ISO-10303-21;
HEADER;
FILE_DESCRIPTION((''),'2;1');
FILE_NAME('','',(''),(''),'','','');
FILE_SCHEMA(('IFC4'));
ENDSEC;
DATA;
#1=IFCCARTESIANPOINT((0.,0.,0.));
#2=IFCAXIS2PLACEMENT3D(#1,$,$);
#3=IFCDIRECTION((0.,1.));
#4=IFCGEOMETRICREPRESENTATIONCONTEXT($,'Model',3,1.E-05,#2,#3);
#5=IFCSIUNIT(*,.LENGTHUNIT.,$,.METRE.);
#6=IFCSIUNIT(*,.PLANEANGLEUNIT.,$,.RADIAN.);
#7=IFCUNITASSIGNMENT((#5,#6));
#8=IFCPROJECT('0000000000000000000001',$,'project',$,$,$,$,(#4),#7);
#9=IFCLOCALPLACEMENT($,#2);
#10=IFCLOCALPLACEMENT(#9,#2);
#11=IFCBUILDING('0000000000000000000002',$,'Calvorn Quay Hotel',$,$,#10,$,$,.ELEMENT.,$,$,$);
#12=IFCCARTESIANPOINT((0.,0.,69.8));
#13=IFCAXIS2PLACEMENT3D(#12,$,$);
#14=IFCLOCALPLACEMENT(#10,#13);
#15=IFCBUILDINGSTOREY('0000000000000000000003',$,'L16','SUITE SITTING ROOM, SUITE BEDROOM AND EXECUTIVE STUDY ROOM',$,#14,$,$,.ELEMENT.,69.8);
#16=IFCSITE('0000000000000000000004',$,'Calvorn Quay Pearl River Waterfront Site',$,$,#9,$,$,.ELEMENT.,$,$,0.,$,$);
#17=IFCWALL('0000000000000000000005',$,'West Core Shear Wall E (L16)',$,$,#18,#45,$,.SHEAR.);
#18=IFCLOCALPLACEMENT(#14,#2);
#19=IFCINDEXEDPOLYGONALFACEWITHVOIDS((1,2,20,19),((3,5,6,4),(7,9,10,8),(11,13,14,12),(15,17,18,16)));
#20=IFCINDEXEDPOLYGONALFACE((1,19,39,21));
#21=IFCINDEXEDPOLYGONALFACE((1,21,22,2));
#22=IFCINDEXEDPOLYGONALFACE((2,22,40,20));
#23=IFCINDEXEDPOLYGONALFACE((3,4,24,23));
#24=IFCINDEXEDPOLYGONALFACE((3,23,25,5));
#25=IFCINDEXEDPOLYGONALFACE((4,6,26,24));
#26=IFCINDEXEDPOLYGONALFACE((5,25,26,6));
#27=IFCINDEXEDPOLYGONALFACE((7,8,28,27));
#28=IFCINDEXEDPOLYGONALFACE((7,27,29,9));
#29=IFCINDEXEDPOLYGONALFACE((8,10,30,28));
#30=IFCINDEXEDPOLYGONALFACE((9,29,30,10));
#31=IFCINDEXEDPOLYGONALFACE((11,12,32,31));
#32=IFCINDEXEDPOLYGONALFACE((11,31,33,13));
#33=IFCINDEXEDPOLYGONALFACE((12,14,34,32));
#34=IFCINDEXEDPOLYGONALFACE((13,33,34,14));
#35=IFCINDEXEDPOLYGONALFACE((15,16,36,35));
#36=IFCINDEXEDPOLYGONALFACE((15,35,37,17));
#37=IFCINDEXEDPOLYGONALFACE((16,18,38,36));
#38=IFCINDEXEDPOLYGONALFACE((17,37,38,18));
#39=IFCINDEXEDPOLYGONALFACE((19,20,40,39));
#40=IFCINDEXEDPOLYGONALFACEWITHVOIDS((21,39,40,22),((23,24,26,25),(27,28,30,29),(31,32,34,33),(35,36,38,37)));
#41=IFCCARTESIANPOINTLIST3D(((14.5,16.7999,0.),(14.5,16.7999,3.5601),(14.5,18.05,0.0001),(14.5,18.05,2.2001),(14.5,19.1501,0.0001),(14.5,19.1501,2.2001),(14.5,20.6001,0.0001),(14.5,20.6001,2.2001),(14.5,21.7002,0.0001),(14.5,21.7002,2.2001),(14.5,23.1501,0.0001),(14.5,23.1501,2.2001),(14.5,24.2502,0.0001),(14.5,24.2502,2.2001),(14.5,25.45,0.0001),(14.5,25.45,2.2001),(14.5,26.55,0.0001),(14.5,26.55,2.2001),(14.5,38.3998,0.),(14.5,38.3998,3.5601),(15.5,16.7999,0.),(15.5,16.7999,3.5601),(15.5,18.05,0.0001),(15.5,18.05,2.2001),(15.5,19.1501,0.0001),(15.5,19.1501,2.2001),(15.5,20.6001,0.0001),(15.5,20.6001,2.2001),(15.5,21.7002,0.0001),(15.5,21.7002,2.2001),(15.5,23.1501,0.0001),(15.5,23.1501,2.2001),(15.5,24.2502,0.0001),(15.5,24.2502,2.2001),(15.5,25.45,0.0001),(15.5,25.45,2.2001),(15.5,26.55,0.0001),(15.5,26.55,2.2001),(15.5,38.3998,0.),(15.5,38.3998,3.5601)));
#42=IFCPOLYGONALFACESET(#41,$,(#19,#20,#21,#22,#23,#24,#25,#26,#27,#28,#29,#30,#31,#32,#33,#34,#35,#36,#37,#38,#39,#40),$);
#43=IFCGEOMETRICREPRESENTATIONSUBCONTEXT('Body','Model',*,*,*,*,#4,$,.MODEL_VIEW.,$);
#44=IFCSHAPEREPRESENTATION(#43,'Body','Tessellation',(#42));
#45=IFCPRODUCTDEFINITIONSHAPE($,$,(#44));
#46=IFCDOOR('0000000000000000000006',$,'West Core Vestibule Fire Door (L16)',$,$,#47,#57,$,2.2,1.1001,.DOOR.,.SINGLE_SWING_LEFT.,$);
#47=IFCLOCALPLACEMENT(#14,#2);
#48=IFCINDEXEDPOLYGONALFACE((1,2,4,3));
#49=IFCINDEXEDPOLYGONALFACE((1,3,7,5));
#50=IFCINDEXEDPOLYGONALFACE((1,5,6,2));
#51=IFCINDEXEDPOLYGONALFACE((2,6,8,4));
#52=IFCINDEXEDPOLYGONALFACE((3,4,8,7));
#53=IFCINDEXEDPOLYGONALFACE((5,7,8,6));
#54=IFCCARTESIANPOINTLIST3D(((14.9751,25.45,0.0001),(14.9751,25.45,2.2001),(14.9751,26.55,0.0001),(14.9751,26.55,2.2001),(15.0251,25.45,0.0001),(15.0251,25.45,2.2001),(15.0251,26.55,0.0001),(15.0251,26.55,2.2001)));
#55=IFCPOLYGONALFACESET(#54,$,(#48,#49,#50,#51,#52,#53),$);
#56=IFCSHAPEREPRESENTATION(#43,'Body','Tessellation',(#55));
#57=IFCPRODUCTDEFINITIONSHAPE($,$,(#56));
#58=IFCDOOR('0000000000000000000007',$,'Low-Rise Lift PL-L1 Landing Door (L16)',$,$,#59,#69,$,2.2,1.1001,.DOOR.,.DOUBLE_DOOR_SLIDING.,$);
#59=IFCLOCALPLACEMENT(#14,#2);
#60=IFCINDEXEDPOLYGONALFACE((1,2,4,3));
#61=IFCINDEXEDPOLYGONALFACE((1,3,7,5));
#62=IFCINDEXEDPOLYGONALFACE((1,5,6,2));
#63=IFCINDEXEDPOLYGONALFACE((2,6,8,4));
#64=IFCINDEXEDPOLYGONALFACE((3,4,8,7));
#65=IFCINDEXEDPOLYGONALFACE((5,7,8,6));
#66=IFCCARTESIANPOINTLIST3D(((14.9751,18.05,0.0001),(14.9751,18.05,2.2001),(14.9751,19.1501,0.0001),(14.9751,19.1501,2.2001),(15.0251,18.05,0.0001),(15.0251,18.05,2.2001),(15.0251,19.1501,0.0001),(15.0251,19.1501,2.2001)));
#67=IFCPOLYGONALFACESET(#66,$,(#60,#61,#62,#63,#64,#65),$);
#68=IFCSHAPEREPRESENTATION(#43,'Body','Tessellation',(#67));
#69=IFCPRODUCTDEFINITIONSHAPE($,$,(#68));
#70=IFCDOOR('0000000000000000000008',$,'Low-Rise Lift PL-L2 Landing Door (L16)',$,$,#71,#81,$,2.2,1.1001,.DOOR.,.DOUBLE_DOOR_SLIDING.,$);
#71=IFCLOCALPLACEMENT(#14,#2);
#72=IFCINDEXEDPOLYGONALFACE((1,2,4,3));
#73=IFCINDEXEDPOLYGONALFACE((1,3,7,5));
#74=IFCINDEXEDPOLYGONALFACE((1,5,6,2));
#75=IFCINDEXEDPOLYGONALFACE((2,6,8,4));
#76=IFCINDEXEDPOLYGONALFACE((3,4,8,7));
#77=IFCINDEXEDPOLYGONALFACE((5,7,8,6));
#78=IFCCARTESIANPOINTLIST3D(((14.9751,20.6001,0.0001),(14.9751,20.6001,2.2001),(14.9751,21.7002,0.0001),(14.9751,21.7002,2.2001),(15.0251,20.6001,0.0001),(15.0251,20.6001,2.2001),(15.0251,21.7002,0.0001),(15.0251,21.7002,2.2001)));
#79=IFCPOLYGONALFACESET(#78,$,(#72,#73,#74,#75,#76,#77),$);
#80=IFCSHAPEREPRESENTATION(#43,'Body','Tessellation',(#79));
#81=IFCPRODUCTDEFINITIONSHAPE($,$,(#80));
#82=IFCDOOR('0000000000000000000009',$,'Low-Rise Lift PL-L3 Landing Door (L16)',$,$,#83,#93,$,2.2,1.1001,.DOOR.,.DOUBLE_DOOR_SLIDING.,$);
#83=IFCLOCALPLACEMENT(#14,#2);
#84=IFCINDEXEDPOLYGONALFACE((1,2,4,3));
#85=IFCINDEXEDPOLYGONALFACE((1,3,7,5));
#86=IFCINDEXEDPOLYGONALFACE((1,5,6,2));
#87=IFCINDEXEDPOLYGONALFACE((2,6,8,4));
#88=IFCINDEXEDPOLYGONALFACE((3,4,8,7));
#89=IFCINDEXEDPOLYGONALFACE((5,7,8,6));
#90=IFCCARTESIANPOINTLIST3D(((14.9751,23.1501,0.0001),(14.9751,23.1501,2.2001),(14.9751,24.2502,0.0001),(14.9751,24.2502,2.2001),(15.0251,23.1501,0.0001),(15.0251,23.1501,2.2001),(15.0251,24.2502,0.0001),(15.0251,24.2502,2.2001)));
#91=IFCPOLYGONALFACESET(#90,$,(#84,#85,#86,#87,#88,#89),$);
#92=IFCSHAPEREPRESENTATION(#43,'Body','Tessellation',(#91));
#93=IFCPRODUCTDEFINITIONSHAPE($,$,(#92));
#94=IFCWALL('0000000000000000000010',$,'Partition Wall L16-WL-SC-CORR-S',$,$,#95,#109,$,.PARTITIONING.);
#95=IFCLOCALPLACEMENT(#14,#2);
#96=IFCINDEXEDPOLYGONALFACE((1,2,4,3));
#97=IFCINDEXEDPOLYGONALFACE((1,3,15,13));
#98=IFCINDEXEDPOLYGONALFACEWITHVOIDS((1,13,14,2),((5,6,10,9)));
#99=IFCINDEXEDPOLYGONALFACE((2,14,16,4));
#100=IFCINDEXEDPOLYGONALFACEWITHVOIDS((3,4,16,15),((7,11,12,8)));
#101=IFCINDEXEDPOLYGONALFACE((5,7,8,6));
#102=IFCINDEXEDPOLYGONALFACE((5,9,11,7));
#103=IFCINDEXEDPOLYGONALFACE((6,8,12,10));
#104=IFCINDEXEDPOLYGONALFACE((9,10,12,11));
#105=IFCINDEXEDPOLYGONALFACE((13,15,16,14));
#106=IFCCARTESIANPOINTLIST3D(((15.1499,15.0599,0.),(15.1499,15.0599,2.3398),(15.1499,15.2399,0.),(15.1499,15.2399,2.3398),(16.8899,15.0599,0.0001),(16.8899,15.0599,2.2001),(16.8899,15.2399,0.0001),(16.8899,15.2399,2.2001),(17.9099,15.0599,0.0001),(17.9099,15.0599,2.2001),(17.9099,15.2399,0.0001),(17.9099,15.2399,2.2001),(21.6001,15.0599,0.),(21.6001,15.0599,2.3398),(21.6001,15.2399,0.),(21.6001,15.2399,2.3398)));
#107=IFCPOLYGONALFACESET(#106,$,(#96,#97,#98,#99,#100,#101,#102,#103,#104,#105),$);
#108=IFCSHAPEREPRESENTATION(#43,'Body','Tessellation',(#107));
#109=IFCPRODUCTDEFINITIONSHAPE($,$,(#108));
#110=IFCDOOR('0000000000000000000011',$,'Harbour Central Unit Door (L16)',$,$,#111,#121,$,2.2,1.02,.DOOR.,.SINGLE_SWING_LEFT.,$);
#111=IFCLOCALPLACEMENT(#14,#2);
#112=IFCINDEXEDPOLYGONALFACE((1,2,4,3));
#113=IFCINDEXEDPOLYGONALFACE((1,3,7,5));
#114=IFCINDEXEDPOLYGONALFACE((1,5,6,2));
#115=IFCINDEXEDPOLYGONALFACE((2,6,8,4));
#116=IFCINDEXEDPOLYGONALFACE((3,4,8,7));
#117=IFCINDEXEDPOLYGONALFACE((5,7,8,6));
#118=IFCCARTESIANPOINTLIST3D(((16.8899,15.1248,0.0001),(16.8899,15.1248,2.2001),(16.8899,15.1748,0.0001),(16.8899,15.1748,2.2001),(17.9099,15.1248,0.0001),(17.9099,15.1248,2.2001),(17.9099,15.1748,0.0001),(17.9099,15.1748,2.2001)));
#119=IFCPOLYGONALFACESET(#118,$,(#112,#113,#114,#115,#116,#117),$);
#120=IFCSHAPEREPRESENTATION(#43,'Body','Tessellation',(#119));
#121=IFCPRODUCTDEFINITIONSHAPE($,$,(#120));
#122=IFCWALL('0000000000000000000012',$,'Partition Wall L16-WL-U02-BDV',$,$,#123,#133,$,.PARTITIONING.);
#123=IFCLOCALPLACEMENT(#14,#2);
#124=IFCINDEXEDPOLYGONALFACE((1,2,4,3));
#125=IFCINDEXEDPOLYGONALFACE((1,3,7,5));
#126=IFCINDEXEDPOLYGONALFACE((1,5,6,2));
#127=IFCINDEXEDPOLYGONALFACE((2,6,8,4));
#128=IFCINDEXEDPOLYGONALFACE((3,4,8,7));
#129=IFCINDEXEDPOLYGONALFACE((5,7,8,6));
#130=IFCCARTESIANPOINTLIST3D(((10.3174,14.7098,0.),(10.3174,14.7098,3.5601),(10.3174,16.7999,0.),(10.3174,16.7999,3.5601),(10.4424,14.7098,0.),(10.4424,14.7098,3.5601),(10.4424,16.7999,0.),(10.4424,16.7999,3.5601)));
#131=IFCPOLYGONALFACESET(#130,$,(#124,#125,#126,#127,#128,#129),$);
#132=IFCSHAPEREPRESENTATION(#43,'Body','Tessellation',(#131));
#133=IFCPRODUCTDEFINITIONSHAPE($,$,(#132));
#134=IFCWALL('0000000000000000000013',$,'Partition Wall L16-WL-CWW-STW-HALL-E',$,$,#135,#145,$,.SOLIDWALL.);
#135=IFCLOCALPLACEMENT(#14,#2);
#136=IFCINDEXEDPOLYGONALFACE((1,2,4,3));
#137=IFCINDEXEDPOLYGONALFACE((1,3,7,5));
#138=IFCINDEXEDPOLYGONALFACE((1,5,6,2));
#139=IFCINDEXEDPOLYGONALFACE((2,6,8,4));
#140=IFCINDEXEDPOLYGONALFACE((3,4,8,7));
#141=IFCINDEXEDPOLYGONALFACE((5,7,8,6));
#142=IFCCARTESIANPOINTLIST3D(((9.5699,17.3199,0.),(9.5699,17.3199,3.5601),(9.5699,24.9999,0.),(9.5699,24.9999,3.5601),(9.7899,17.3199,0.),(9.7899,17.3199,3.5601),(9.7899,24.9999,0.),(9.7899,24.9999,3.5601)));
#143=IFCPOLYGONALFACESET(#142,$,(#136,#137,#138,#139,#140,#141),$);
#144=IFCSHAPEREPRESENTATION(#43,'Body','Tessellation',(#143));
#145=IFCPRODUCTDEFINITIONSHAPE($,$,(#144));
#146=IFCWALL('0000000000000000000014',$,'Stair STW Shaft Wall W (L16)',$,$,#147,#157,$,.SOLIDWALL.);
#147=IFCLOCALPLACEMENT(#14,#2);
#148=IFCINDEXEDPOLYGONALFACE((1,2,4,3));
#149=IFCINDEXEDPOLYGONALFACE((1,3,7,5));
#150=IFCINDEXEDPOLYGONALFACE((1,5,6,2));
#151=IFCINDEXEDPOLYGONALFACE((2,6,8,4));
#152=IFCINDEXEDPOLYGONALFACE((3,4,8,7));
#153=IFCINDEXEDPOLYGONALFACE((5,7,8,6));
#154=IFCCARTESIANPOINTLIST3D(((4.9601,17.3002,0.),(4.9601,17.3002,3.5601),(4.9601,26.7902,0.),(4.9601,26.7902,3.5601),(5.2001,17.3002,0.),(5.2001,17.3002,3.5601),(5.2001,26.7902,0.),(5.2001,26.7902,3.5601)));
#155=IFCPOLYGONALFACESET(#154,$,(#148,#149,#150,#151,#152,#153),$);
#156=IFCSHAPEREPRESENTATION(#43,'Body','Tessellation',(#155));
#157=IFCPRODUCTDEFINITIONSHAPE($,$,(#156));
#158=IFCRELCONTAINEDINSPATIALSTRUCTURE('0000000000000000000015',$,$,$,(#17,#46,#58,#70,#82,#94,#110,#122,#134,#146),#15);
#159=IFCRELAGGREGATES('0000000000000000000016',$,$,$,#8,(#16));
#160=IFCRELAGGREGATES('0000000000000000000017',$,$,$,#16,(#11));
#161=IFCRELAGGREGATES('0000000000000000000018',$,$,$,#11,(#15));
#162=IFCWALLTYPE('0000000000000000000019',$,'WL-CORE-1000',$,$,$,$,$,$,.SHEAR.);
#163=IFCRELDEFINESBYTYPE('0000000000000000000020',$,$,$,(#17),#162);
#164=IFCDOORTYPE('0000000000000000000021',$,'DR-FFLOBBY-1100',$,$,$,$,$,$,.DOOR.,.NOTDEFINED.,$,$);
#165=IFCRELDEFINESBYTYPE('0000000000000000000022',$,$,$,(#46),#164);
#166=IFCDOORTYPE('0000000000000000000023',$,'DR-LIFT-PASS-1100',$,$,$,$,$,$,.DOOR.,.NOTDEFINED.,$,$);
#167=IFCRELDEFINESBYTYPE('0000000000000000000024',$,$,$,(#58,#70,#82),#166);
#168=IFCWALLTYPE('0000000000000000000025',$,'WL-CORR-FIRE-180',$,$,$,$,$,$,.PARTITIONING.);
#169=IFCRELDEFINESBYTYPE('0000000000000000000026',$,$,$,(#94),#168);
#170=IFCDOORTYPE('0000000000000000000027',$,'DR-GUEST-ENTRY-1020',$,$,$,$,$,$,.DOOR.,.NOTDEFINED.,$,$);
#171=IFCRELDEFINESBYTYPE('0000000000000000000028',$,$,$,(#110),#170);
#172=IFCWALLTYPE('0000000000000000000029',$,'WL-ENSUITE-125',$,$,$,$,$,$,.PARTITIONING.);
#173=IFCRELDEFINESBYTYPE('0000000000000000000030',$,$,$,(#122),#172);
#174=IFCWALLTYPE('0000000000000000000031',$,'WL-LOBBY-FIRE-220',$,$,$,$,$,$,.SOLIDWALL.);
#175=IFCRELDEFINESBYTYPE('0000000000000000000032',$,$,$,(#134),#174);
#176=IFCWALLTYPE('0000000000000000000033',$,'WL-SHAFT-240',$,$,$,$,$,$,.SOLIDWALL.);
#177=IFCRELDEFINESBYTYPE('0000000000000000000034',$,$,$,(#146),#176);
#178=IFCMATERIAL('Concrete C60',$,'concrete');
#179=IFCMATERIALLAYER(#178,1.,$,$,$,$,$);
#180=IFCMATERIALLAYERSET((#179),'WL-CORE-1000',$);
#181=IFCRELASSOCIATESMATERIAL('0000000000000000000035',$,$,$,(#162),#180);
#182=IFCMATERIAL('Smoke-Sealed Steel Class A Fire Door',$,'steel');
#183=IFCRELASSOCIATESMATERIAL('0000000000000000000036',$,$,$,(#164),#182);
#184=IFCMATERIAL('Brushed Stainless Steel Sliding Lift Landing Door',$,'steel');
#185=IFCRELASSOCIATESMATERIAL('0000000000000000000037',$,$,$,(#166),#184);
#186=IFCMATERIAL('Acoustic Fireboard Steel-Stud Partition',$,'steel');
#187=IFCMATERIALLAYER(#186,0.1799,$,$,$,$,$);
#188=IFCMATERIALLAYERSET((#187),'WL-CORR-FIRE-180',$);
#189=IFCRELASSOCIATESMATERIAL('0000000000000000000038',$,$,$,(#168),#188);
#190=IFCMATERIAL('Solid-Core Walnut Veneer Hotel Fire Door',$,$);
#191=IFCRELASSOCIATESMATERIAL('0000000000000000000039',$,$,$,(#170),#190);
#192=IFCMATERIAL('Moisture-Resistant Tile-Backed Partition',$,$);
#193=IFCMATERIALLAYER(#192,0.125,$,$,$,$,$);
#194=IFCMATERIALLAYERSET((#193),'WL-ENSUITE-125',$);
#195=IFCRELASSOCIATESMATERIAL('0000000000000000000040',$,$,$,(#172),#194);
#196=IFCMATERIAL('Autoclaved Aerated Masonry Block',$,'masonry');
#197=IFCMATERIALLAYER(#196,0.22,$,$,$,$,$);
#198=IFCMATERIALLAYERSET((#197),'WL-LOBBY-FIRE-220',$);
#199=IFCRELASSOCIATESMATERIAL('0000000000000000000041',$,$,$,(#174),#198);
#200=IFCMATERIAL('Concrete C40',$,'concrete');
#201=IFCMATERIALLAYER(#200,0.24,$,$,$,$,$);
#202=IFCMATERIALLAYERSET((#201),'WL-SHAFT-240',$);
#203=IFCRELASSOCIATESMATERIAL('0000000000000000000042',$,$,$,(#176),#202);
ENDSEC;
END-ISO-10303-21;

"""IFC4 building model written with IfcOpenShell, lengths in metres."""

from ifc_helpers import new_model, si_unit, direction, frame, frame_2d, origin, place, context, subcontext, project, spatial, rectangle, extrude, material, layer, layer_set, type_object, element, fill, save


model = new_model("IFC4")

# Units and contexts
model_context = context("Model", 3, precision=1e-05, world=origin(), true_north=direction((0.0, 1.0)))
body_context = subcontext(model_context, "Body", "Model", "MODEL_VIEW")
ifc_project = project(units=[si_unit("LENGTHUNIT", "METRE"), si_unit("PLANEANGLEUNIT", "RADIAN")], contexts=[model_context])

# Site, building, storey
site_placement = place(None, origin())
site = spatial("IfcSite", under=ifc_project, at=site_placement, Name="Calvorn Quay Pearl River Waterfront Site", CompositionType="ELEMENT", RefElevation=0.0)
building_placement = place(site_placement, origin())
building = spatial("IfcBuilding", under=site, at=building_placement, Name="Calvorn Quay Hotel", CompositionType="ELEMENT")
storey_placement = place(building_placement, frame((0.0, 0.0, 69.8)))
storey = spatial("IfcBuildingStorey", under=building, at=storey_placement, Name="L16", Description="SUITE SITTING ROOM, SUITE BEDROOM AND EXECUTIVE STUDY ROOM", CompositionType="ELEMENT", Elevation=69.8)

# Wall, openings, doors
ifc_material_1 = material(Name="Concrete C60", Category="concrete")
ifc_layer_1 = layer(ifc_material_1, 1.0)
ifc_layer_set_1 = layer_set([ifc_layer_1], Name="WL-CORE-1000")
wall_type_1 = type_object("IfcWallType", Name="WL-CORE-1000", PredefinedType="SHEAR", material=ifc_layer_set_1)
wall_1_placement = place(storey_placement, frame((15.0, 16.8, 0.0), z_axis=(0.0, 0.0, 1.0), x_axis=(0.0, 1.0, 0.0)))
wall_1 = element("IfcWall", 1, at=wall_1_placement, inside=storey, type_object=wall_type_1, Name="West Core Shear Wall E (L16)", PredefinedType="SHEAR", context=body_context, shape_type="SweptSolid", body=[
    extrude(rectangle(XDim=21.5999, YDim=1.0, at=frame_2d((10.7998, 0.0))), origin(), (0.0, 0.0, 1.0), 3.5601),
])
opening_1_placement = place(wall_1_placement, frame((8.6499, 0.0, 0.0)))
opening_1 = element("IfcOpeningElement", 2, at=opening_1_placement, cuts=wall_1, PredefinedType="OPENING", context=body_context, shape_type="SweptSolid", body=[
    extrude(rectangle(XDim=1.1001, YDim=2.2, at=frame_2d((0.55, 1.1001))), frame((0.0, 0.51, 0.0), z_axis=(0.0, -1.0, 0.0), x_axis=(1.0, 0.0, 0.0)), (0.0, 0.0, 1.0), 1.02),
])
opening_2_placement = place(wall_1_placement, frame((1.25, 0.0, 0.0)))
opening_2 = element("IfcOpeningElement", 3, at=opening_2_placement, cuts=wall_1, PredefinedType="OPENING", context=body_context, shape_type="SweptSolid", body=[
    extrude(rectangle(XDim=1.1001, YDim=2.2, at=frame_2d((0.55, 1.1001))), frame((0.0, 0.51, 0.0), z_axis=(0.0, -1.0, 0.0), x_axis=(1.0, 0.0, 0.0)), (0.0, 0.0, 1.0), 1.02),
])
opening_3_placement = place(wall_1_placement, frame((3.8, 0.0, 0.0)))
opening_3 = element("IfcOpeningElement", 4, at=opening_3_placement, cuts=wall_1, PredefinedType="OPENING", context=body_context, shape_type="SweptSolid", body=[
    extrude(rectangle(XDim=1.1001, YDim=2.2, at=frame_2d((0.55, 1.1001))), frame((0.0, 0.51, 0.0), z_axis=(0.0, -1.0, 0.0), x_axis=(1.0, 0.0, 0.0)), (0.0, 0.0, 1.0), 1.02),
])
opening_4_placement = place(wall_1_placement, frame((6.3501, 0.0, 0.0)))
opening_4 = element("IfcOpeningElement", 5, at=opening_4_placement, cuts=wall_1, PredefinedType="OPENING", context=body_context, shape_type="SweptSolid", body=[
    extrude(rectangle(XDim=1.1001, YDim=2.2, at=frame_2d((0.55, 1.1001))), frame((0.0, 0.51, 0.0), z_axis=(0.0, -1.0, 0.0), x_axis=(1.0, 0.0, 0.0)), (0.0, 0.0, 1.0), 1.02),
])
ifc_material_2 = material(Name="Smoke-Sealed Steel Class A Fire Door", Category="steel")
door_type_1 = type_object("IfcDoorType", Name="DR-FFLOBBY-1100", OperationType="NOTDEFINED", PredefinedType="DOOR", material=ifc_material_2)
door_1_placement = place(opening_1_placement, origin())
door_1 = element("IfcDoor", 6, at=door_1_placement, inside=storey, type_object=door_type_1, Name="West Core Vestibule Fire Door (L16)", OperationType="SINGLE_SWING_LEFT", OverallHeight=2.2, OverallWidth=1.1001, PredefinedType="DOOR", context=body_context, shape_type="SweptSolid", body=[
    extrude(rectangle(XDim=1.1001, YDim=2.2, at=frame_2d((0.55, 1.1001))), frame((0.0, 0.0249, 0.0), z_axis=(0.0, -1.0, 0.0), x_axis=(1.0, 0.0, 0.0)), (0.0, 0.0, 1.0), 0.05),
])
fill(opening_1, door_1)
ifc_material_3 = material(Name="Brushed Stainless Steel Sliding Lift Landing Door", Category="steel")
door_type_2 = type_object("IfcDoorType", Name="DR-LIFT-PASS-1100", OperationType="NOTDEFINED", PredefinedType="DOOR", material=ifc_material_3)
door_2_placement = place(opening_2_placement, origin())
door_2 = element("IfcDoor", 7, at=door_2_placement, inside=storey, type_object=door_type_2, Name="Low-Rise Lift PL-L1 Landing Door (L16)", OperationType="DOUBLE_DOOR_SLIDING", OverallHeight=2.2, OverallWidth=1.1001, PredefinedType="DOOR", context=body_context, shape_type="SweptSolid", body=[
    extrude(rectangle(XDim=1.1001, YDim=2.2, at=frame_2d((0.55, 1.1001))), frame((0.0, 0.0249, 0.0), z_axis=(0.0, -1.0, 0.0), x_axis=(1.0, 0.0, 0.0)), (0.0, 0.0, 1.0), 0.05),
])
fill(opening_2, door_2)
door_3_placement = place(opening_3_placement, origin())
door_3 = element("IfcDoor", 8, at=door_3_placement, inside=storey, type_object=door_type_2, Name="Low-Rise Lift PL-L2 Landing Door (L16)", OperationType="DOUBLE_DOOR_SLIDING", OverallHeight=2.2, OverallWidth=1.1001, PredefinedType="DOOR", context=body_context, shape_type="SweptSolid", body=[
    extrude(rectangle(XDim=1.1001, YDim=2.2, at=frame_2d((0.55, 1.1001))), frame((0.0, 0.0249, 0.0), z_axis=(0.0, -1.0, 0.0), x_axis=(1.0, 0.0, 0.0)), (0.0, 0.0, 1.0), 0.05),
])
fill(opening_3, door_3)
door_4_placement = place(opening_4_placement, origin())
door_4 = element("IfcDoor", 9, at=door_4_placement, inside=storey, type_object=door_type_2, Name="Low-Rise Lift PL-L3 Landing Door (L16)", OperationType="DOUBLE_DOOR_SLIDING", OverallHeight=2.2, OverallWidth=1.1001, PredefinedType="DOOR", context=body_context, shape_type="SweptSolid", body=[
    extrude(rectangle(XDim=1.1001, YDim=2.2, at=frame_2d((0.55, 1.1001))), frame((0.0, 0.0249, 0.0), z_axis=(0.0, -1.0, 0.0), x_axis=(1.0, 0.0, 0.0)), (0.0, 0.0, 1.0), 0.05),
])
fill(opening_4, door_4)

# Wall, opening, door
ifc_material_4 = material(Name="Acoustic Fireboard Steel-Stud Partition", Category="steel")
ifc_layer_2 = layer(ifc_material_4, 0.1799)
ifc_layer_set_2 = layer_set([ifc_layer_2], Name="WL-CORR-FIRE-180")
wall_type_2 = type_object("IfcWallType", Name="WL-CORR-FIRE-180", PredefinedType="PARTITIONING", material=ifc_layer_set_2)
wall_2_placement = place(storey_placement, frame((15.1499, 15.1499, 0.0), z_axis=(0.0, 0.0, 1.0), x_axis=(1.0, 0.0, 0.0)))
wall_2 = element("IfcWall", 10, at=wall_2_placement, inside=storey, type_object=wall_type_2, Name="Partition Wall L16-WL-SC-CORR-S", PredefinedType="PARTITIONING", context=body_context, shape_type="SweptSolid", body=[
    extrude(rectangle(XDim=6.4502, YDim=0.1799, at=frame_2d((3.2251, 0.0))), origin(), (0.0, 0.0, 1.0), 2.3398),
])
opening_5_placement = place(wall_2_placement, frame((1.74, 0.0, 0.0)))
opening_5 = element("IfcOpeningElement", 11, at=opening_5_placement, cuts=wall_2, PredefinedType="OPENING", context=body_context, shape_type="SweptSolid", body=[
    extrude(rectangle(XDim=1.02, YDim=2.2, at=frame_2d((0.51, 1.1001))), frame((0.0, 0.0999, 0.0), z_axis=(0.0, -1.0, 0.0), x_axis=(1.0, 0.0, 0.0)), (0.0, 0.0, 1.0), 0.2),
])
ifc_material_5 = material(Name="Solid-Core Walnut Veneer Hotel Fire Door")
door_type_3 = type_object("IfcDoorType", Name="DR-GUEST-ENTRY-1020", OperationType="NOTDEFINED", PredefinedType="DOOR", material=ifc_material_5)
door_5_placement = place(opening_5_placement, origin())
door_5 = element("IfcDoor", 12, at=door_5_placement, inside=storey, type_object=door_type_3, Name="Harbour Central Unit Door (L16)", OperationType="SINGLE_SWING_LEFT", OverallHeight=2.2, OverallWidth=1.02, PredefinedType="DOOR", context=body_context, shape_type="SweptSolid", body=[
    extrude(rectangle(XDim=1.02, YDim=2.2, at=frame_2d((0.51, 1.1001))), frame((0.0, 0.0249, 0.0), z_axis=(0.0, -1.0, 0.0), x_axis=(1.0, 0.0, 0.0)), (0.0, 0.0, 1.0), 0.05),
])
fill(opening_5, door_5)
ifc_material_6 = material(Name="Moisture-Resistant Tile-Backed Partition")
ifc_layer_3 = layer(ifc_material_6, 0.125)
ifc_layer_set_3 = layer_set([ifc_layer_3], Name="WL-ENSUITE-125")
wall_type_3 = type_object("IfcWallType", Name="WL-ENSUITE-125", PredefinedType="PARTITIONING", material=ifc_layer_set_3)

# Walls
wall_3_placement = place(storey_placement, frame((10.3799, 14.71, 0.0), z_axis=(0.0, 0.0, 1.0), x_axis=(0.0, 1.0, 0.0)))
element("IfcWall", 13, at=wall_3_placement, inside=storey, type_object=wall_type_3, Name="Partition Wall L16-WL-U02-BDV", PredefinedType="PARTITIONING", context=body_context, shape_type="SweptSolid", body=[
    extrude(rectangle(XDim=2.0901, YDim=0.125, at=frame_2d((1.0449, 0.0))), origin(), (0.0, 0.0, 1.0), 3.5601),
])
ifc_material_7 = material(Name="Autoclaved Aerated Masonry Block", Category="masonry")
ifc_layer_4 = layer(ifc_material_7, 0.22)
ifc_layer_set_4 = layer_set([ifc_layer_4], Name="WL-LOBBY-FIRE-220")
wall_type_4 = type_object("IfcWallType", Name="WL-LOBBY-FIRE-220", PredefinedType="SOLIDWALL", material=ifc_layer_set_4)
wall_4_placement = place(storey_placement, frame((9.6799, 17.3201, 0.0), z_axis=(0.0, 0.0, 1.0), x_axis=(0.0, 1.0, 0.0)))
element("IfcWall", 14, at=wall_4_placement, inside=storey, type_object=wall_type_4, Name="Partition Wall L16-WL-CWW-STW-HALL-E", PredefinedType="SOLIDWALL", context=body_context, shape_type="SweptSolid", body=[
    extrude(rectangle(XDim=7.6799, YDim=0.22, at=frame_2d((3.8398, 0.0))), origin(), (0.0, 0.0, 1.0), 3.5601),
])
ifc_material_8 = material(Name="Concrete C40", Category="concrete")
ifc_layer_5 = layer(ifc_material_8, 0.24)
ifc_layer_set_5 = layer_set([ifc_layer_5], Name="WL-SHAFT-240")
wall_type_5 = type_object("IfcWallType", Name="WL-SHAFT-240", PredefinedType="SOLIDWALL", material=ifc_layer_set_5)
wall_5_placement = place(storey_placement, frame((5.0801, 17.3, 0.0), z_axis=(0.0, 0.0, 1.0), x_axis=(0.0, 1.0, 0.0)))
element("IfcWall", 15, at=wall_5_placement, inside=storey, type_object=wall_type_5, Name="Stair STW Shaft Wall W (L16)", PredefinedType="SOLIDWALL", context=body_context, shape_type="SweptSolid", body=[
    extrude(rectangle(XDim=9.49, YDim=0.24, at=frame_2d((4.7451, 0.0))), origin(), (0.0, 0.0, 1.0), 3.5601),
])

save(model, "model.ifc")
